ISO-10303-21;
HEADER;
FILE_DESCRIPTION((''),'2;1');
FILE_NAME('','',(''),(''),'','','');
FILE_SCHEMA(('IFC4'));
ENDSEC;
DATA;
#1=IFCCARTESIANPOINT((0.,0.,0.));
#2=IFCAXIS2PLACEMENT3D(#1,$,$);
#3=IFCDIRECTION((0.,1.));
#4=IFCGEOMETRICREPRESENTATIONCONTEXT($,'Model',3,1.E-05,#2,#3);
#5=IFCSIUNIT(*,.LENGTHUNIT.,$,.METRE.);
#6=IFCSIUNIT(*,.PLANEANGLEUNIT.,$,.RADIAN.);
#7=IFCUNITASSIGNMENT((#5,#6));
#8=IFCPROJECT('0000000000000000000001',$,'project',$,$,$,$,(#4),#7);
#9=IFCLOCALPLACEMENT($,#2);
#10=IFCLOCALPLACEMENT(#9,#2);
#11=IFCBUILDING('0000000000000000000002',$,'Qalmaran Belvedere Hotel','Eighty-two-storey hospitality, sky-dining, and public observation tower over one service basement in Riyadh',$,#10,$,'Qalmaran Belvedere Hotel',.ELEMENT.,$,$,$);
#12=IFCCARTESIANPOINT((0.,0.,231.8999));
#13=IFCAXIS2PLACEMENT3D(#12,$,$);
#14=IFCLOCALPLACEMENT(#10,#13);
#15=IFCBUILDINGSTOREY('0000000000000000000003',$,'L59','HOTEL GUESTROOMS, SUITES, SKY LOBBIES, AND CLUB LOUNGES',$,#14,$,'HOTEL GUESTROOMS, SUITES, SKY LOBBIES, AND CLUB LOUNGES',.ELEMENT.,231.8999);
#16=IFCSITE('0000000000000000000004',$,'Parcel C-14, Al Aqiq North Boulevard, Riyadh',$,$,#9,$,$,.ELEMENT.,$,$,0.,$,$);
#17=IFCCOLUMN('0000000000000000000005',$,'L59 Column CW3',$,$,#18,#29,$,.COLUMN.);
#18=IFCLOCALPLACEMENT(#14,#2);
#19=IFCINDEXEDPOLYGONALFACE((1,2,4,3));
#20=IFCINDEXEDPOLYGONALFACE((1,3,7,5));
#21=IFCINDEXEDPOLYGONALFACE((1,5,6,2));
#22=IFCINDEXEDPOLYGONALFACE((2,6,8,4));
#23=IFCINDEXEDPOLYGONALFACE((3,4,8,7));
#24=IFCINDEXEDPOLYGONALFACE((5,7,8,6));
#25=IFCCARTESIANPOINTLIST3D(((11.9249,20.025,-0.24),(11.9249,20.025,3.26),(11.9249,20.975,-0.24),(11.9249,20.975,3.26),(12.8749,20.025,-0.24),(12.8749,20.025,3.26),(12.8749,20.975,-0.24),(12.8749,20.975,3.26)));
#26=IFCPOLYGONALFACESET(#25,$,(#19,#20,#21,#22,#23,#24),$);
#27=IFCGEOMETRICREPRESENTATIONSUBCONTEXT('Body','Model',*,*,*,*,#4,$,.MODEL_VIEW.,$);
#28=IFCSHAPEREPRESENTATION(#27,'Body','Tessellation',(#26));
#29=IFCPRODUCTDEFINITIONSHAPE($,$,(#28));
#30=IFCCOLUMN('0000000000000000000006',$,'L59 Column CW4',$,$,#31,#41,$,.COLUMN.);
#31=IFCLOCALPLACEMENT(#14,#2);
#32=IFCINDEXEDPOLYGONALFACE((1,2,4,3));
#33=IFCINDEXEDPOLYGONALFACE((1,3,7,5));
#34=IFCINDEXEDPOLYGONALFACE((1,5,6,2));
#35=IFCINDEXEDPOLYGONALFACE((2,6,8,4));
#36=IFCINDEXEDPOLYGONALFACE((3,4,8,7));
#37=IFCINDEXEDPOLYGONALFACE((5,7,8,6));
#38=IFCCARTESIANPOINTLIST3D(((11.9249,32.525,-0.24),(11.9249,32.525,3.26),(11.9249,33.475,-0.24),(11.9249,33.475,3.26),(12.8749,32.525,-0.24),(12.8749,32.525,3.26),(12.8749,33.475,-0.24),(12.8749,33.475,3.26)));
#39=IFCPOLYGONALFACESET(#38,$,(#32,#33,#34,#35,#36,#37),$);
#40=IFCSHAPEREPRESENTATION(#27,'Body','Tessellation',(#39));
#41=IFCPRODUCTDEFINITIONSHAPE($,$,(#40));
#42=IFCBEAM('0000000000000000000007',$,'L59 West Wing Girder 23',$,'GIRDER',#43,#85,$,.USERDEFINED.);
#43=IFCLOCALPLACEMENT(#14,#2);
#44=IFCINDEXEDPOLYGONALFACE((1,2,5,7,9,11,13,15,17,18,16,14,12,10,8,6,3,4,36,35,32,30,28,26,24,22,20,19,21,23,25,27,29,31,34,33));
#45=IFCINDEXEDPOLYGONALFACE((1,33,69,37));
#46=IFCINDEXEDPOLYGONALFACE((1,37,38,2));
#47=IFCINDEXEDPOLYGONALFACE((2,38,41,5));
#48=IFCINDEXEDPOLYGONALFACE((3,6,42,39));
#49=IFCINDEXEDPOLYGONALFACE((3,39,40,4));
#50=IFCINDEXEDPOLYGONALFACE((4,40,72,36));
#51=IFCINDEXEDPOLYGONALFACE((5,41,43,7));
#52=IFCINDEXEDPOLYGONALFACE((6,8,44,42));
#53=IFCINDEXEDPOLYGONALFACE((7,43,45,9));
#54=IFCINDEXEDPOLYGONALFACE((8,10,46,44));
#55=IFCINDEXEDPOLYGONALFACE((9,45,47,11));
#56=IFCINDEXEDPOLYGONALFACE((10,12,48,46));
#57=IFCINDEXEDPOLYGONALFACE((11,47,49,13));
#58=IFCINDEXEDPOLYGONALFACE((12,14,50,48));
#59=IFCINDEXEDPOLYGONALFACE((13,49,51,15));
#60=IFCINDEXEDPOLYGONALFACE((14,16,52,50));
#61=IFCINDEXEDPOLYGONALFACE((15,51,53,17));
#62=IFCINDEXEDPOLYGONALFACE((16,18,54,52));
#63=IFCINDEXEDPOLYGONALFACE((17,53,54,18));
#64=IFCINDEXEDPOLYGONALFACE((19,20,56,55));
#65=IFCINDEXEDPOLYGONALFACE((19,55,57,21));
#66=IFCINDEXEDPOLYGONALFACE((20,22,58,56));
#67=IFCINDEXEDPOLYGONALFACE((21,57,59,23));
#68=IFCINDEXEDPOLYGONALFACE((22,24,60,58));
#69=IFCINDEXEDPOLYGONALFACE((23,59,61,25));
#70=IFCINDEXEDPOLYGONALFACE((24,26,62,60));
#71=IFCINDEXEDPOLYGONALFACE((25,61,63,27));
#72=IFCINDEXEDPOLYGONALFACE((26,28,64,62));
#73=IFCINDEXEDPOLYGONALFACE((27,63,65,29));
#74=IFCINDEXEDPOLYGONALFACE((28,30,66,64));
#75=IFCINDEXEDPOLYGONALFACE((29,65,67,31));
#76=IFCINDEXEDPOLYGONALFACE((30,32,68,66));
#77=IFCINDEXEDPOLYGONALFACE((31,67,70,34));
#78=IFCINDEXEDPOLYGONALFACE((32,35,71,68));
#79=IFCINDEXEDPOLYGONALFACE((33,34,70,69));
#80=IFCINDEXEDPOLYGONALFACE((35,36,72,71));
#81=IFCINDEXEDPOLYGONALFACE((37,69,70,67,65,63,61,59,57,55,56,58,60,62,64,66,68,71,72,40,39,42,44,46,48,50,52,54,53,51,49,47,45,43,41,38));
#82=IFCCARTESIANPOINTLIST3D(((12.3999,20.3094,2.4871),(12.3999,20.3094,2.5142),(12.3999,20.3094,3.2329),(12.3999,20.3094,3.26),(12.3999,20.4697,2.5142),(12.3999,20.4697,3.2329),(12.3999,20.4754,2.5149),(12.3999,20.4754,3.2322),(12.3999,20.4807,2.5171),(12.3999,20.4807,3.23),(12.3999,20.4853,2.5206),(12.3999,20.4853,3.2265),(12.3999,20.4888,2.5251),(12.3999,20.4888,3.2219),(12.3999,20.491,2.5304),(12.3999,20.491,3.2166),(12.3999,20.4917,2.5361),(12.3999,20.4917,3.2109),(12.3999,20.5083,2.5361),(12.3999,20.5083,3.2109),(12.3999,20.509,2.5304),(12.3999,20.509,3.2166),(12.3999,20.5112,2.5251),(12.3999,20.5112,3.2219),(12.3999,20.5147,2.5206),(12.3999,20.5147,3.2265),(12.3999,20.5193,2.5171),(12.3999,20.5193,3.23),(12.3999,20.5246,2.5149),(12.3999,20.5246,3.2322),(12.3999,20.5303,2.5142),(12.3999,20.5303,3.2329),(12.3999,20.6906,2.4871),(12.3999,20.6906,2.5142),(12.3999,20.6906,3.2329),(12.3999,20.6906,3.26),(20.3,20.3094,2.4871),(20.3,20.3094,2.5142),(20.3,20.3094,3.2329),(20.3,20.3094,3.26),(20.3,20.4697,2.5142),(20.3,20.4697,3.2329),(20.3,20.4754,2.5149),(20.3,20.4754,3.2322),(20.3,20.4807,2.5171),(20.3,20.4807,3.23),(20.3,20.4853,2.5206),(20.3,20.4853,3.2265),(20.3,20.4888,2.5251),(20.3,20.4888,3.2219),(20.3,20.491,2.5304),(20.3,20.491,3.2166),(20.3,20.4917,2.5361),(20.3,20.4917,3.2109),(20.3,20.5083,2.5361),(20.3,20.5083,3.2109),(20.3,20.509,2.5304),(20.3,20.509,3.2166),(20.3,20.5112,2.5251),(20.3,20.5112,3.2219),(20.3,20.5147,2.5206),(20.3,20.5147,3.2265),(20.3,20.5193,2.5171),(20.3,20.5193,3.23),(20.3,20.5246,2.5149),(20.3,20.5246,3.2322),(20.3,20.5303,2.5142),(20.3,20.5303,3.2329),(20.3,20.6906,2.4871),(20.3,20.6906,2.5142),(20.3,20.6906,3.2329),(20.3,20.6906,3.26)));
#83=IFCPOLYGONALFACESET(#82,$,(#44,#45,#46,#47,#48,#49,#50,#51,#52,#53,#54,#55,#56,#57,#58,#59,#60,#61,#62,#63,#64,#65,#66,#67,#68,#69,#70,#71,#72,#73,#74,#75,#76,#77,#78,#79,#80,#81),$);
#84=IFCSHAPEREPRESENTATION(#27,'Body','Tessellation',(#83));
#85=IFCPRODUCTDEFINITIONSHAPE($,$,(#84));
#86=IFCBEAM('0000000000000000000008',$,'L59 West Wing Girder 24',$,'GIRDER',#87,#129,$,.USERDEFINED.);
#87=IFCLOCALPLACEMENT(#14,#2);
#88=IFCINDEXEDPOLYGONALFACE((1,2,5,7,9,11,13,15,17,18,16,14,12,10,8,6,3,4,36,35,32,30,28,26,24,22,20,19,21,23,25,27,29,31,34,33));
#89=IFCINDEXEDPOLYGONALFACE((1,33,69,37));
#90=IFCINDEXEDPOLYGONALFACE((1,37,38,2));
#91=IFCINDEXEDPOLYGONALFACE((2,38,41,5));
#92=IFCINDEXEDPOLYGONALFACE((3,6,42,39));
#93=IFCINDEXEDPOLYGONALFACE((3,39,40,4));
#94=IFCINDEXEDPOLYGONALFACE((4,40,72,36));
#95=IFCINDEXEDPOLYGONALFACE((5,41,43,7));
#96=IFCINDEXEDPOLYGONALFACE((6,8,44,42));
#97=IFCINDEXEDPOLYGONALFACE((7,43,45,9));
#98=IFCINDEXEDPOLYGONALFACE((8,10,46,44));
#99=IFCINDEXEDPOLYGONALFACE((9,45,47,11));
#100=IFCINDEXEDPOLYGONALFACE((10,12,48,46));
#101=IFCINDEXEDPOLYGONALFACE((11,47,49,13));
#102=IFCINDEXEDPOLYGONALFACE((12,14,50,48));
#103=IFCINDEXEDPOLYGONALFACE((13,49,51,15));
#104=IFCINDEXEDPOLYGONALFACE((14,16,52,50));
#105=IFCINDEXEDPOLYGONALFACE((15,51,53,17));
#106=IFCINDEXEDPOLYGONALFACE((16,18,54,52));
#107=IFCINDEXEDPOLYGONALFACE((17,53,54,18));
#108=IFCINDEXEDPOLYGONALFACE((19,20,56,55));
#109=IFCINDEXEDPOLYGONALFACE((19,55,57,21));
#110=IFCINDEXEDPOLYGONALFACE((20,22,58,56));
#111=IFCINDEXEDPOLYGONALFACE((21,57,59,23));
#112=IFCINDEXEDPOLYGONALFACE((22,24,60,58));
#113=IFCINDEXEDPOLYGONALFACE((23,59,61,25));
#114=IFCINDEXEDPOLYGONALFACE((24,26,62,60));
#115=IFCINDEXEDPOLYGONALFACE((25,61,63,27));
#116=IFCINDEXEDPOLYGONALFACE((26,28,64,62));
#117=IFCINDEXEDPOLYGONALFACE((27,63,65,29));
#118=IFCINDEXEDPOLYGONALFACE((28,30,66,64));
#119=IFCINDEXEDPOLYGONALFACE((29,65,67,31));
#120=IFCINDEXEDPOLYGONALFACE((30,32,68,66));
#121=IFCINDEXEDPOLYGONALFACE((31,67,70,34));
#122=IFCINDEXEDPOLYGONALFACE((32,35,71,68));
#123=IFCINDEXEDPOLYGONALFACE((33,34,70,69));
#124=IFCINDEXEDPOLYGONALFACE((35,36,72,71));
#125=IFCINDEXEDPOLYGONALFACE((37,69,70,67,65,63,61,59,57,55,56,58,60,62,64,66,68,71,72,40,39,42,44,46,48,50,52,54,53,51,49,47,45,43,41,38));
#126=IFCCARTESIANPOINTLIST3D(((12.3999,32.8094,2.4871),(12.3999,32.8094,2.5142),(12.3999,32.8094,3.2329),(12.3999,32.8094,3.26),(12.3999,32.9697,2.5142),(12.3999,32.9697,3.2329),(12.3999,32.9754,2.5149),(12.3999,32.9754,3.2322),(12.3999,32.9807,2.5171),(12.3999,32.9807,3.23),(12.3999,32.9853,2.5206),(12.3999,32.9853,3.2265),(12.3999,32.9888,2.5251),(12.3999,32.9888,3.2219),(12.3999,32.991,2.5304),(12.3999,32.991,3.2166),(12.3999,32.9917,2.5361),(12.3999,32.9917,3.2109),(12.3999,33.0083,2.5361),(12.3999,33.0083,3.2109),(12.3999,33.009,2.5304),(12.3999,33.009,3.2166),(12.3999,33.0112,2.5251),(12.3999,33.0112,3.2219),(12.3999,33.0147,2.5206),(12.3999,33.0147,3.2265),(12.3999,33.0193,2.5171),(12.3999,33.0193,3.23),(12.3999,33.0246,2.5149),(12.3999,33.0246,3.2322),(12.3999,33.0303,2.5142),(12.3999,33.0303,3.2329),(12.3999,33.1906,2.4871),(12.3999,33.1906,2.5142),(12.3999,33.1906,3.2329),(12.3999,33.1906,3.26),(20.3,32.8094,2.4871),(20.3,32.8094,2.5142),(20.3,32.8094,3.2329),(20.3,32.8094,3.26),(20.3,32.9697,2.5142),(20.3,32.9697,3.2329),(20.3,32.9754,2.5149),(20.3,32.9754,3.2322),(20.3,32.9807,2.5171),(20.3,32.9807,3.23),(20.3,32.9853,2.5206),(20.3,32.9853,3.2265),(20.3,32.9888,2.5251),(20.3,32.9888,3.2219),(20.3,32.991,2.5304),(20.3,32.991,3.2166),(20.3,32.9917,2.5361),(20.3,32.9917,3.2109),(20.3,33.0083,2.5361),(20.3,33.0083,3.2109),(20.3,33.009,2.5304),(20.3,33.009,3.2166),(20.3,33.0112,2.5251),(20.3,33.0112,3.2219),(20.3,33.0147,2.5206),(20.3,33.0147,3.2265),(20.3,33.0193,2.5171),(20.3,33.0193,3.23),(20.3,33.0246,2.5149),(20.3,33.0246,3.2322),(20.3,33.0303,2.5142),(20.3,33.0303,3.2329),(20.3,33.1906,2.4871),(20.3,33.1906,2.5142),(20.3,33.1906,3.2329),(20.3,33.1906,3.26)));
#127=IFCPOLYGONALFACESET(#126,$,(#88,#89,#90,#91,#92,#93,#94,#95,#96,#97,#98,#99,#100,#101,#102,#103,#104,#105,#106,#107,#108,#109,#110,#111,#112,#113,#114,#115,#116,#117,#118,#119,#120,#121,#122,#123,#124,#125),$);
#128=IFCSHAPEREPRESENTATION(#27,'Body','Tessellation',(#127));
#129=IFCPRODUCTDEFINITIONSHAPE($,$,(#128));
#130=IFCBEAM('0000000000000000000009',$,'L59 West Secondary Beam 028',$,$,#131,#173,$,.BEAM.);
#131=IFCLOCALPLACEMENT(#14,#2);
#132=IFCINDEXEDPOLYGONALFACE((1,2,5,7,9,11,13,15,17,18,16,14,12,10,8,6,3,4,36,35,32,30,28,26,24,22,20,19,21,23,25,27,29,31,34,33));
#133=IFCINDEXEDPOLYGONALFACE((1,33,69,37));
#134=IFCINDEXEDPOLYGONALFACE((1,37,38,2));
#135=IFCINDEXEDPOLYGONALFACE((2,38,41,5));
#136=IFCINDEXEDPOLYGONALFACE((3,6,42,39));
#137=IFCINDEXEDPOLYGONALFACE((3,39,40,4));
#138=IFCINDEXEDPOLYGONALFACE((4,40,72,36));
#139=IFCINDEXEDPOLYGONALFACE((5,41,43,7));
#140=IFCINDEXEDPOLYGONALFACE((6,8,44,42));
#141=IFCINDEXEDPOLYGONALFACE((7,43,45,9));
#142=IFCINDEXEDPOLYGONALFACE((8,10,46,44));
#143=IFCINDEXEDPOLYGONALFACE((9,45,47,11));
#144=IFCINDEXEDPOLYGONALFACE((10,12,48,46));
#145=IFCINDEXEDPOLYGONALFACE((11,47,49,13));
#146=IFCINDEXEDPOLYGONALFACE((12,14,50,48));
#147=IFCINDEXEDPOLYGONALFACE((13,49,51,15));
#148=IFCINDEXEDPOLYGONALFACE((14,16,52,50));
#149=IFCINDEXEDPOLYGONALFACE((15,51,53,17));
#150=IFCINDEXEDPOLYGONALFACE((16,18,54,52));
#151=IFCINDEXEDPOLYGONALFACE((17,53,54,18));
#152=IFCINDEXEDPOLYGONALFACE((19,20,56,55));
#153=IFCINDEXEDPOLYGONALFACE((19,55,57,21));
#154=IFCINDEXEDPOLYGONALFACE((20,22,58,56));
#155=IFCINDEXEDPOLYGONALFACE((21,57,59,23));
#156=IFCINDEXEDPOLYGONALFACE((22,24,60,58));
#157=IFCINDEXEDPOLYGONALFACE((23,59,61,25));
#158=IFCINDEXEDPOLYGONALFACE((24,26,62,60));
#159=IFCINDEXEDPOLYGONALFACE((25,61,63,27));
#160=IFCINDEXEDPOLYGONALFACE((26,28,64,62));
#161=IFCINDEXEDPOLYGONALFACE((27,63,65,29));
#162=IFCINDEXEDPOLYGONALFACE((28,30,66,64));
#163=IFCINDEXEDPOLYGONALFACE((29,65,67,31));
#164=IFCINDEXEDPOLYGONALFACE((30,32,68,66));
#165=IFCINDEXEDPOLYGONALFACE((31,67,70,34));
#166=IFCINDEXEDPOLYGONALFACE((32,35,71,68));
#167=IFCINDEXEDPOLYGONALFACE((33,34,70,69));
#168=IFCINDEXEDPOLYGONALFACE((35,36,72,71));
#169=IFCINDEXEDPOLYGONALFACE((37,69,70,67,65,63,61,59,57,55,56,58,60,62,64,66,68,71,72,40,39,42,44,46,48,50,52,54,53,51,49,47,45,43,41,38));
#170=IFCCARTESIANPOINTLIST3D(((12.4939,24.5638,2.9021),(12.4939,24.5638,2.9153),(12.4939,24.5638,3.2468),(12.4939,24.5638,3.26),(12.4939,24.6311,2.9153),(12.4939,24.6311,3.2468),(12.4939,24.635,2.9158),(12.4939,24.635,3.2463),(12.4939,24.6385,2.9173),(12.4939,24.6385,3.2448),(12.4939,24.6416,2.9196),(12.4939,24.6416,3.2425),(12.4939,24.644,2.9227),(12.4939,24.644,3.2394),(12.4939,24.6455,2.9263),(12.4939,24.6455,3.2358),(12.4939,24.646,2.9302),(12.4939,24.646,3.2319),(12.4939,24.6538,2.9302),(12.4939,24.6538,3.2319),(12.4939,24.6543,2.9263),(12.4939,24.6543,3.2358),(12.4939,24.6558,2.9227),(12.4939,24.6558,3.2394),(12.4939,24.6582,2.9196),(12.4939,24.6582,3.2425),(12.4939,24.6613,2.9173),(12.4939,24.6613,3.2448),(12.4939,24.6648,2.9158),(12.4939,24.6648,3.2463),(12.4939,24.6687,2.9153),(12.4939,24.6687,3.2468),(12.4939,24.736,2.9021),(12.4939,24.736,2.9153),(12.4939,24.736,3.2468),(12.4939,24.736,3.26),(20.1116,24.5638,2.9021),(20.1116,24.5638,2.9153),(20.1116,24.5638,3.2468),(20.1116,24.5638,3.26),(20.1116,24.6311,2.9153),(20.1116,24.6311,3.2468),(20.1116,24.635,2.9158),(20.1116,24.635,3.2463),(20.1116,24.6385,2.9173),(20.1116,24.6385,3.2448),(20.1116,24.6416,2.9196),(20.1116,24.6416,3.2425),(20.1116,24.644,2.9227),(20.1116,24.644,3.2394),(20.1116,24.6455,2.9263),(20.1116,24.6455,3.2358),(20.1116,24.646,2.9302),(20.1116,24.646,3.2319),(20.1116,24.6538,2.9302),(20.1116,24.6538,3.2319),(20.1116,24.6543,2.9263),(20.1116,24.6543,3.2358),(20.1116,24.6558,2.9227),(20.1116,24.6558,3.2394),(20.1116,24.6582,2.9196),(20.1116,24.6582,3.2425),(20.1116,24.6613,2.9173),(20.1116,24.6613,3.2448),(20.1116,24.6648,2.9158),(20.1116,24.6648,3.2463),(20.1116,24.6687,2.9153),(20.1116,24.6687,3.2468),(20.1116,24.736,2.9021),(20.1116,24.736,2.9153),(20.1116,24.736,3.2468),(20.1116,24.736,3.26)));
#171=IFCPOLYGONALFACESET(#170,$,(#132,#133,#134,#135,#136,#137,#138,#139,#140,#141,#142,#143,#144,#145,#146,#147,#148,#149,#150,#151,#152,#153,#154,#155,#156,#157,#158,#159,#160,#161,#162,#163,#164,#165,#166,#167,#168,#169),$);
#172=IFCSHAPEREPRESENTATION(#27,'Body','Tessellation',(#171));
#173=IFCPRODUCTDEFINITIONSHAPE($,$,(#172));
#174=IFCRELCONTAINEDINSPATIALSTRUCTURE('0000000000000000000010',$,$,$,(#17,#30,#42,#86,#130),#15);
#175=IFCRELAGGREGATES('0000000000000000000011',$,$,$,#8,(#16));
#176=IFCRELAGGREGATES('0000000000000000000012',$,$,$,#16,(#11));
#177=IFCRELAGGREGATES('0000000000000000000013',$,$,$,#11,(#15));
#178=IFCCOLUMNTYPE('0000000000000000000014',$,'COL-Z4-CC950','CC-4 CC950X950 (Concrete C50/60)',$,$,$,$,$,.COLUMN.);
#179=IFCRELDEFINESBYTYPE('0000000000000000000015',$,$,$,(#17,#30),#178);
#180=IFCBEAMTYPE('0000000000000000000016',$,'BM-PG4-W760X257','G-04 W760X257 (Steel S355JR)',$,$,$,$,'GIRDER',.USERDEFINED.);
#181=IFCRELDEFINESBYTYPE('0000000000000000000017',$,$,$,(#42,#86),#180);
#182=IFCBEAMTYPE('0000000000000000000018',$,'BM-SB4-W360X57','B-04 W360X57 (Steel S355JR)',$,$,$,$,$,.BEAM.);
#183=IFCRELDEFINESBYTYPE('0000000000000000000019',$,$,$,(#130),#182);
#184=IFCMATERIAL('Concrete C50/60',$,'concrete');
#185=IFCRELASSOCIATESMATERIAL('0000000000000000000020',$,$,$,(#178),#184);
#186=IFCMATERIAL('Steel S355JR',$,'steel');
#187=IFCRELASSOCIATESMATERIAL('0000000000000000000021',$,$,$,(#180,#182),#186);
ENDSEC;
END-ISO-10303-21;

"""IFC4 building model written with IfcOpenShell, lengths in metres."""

from ifc_helpers import new_model, si_unit, direction, frame, origin, origin_2d, place, context, subcontext, project, spatial, rectangle, i_section, extrude, material, material_profile, profile_set, type_object, element, save


model = new_model("IFC4")

# Units and contexts
model_context = context("Model", 3, precision=1e-05, world=origin(), true_north=direction((0.0, 1.0)))
body_context = subcontext(model_context, "Body", "Model", "MODEL_VIEW")
ifc_project = project(units=[si_unit("LENGTHUNIT", "METRE"), si_unit("PLANEANGLEUNIT", "RADIAN")], contexts=[model_context])

# Site, building, storey
site_placement = place(None, origin())
site = spatial("IfcSite", under=ifc_project, at=site_placement, Name="Parcel C-14, Al Aqiq North Boulevard, Riyadh", CompositionType="ELEMENT", RefElevation=0.0)
building_placement = place(site_placement, origin())
building = spatial("IfcBuilding", under=site, at=building_placement, Name="Qalmaran Belvedere Hotel", Description="Eighty-two-storey hospitality, sky-dining, and public observation tower over one service basement in Riyadh", LongName="Qalmaran Belvedere Hotel", CompositionType="ELEMENT")
storey_placement = place(building_placement, frame((0.0, 0.0, 231.8999)))
storey = spatial("IfcBuildingStorey", under=building, at=storey_placement, Name="L59", Description="HOTEL GUESTROOMS, SUITES, SKY LOBBIES, AND CLUB LOUNGES", LongName="HOTEL GUESTROOMS, SUITES, SKY LOBBIES, AND CLUB LOUNGES", CompositionType="ELEMENT", Elevation=231.8999)

# Columns
ifc_material_1 = material(Name="Concrete C50/60", Category="concrete")
ifc_material_profile_1 = material_profile(ifc_material_1, rectangle(XDim=0.95, YDim=0.95, at=origin_2d()), Name="CC950X950")
ifc_profile_set_1 = profile_set([ifc_material_profile_1], Name="Concrete C50/60")
column_type = type_object("IfcColumnType", Name="COL-Z4-CC950", Description="CC-4 CC950X950 (Concrete C50/60)", PredefinedType="COLUMN", material=ifc_profile_set_1)
for number, where, z_axis, x_axis, name in (
    (1, (12.3999, 20.5, -0.24), (0.0, 0.0, 1.0), (1.0, 0.0, 0.0), "L59 Column CW3"),
    (2, (12.3999, 33.0, -0.24), (0.0, 0.0, 1.0), (1.0, 0.0, 0.0), "L59 Column CW4"),
):
    element("IfcColumn", number, at=place(storey_placement, frame(where, z_axis=z_axis, x_axis=x_axis)), inside=storey, type_object=column_type, Name=name, PredefinedType="COLUMN", context=body_context, shape_type="SweptSolid", body=[
        extrude(rectangle(XDim=0.95, YDim=0.95, at=origin_2d()), origin(), (0.0, 0.0, 1.0), 3.5),
    ])

# Beams
ifc_material_2 = material(Name="Steel S355JR", Category="steel")
ifc_material_profile_2 = material_profile(ifc_material_2, i_section(OverallWidth=0.3811, OverallDepth=0.7729, WebThickness=0.0166, FlangeThickness=0.0271, FilletRadius=0.022, at=origin_2d()), Name="W760X257")
ifc_profile_set_2 = profile_set([ifc_material_profile_2], Name="Steel S355JR")
beam_type_1 = type_object("IfcBeamType", Name="BM-PG4-W760X257", Description="G-04 W760X257 (Steel S355JR)", ElementType="GIRDER", PredefinedType="USERDEFINED", material=ifc_profile_set_2)
for number, where, z_axis, x_axis, name in (
    (3, (12.3999, 20.5, 2.8735), (1.0, 0.0, 0.0), (0.0, 1.0, 0.0), "L59 West Wing Girder 23"),
    (4, (12.3999, 33.0, 2.8735), (1.0, 0.0, 0.0), (0.0, 1.0, 0.0), "L59 West Wing Girder 24"),
):
    element("IfcBeam", number, at=place(storey_placement, frame(where, z_axis=z_axis, x_axis=x_axis)), inside=storey, type_object=beam_type_1, Name=name, ObjectType="GIRDER", PredefinedType="USERDEFINED", context=body_context, shape_type="SweptSolid", body=[
        extrude(i_section(OverallWidth=0.3811, OverallDepth=0.7729, WebThickness=0.0166, FlangeThickness=0.0271, FilletRadius=0.022, at=origin_2d()), origin(), (0.0, 0.0, 1.0), 7.9001),
    ])
ifc_material_profile_3 = material_profile(ifc_material_2, i_section(OverallWidth=0.1721, OverallDepth=0.3579, WebThickness=0.0078, FlangeThickness=0.0132, FilletRadius=0.0149, at=origin_2d()), Name="W360X57")
ifc_profile_set_3 = profile_set([ifc_material_profile_3], Name="Steel S355JR")
beam_type_2 = type_object("IfcBeamType", Name="BM-SB4-W360X57", Description="B-04 W360X57 (Steel S355JR)", PredefinedType="BEAM", material=ifc_profile_set_3)
for number, where, z_axis, x_axis, name in (
    (5, (12.4939, 24.6499, 3.0811), (1.0, 0.0, 0.0), (0.0, 1.0, 0.0), "L59 West Secondary Beam 028"),
):
    element("IfcBeam", number, at=place(storey_placement, frame(where, z_axis=z_axis, x_axis=x_axis)), inside=storey, type_object=beam_type_2, Name=name, PredefinedType="BEAM", context=body_context, shape_type="SweptSolid", body=[
        extrude(i_section(OverallWidth=0.1721, OverallDepth=0.3579, WebThickness=0.0078, FlangeThickness=0.0132, FilletRadius=0.0149, at=origin_2d()), origin(), (0.0, 0.0, 1.0), 7.6177),
    ])

save(model, "model.ifc")
